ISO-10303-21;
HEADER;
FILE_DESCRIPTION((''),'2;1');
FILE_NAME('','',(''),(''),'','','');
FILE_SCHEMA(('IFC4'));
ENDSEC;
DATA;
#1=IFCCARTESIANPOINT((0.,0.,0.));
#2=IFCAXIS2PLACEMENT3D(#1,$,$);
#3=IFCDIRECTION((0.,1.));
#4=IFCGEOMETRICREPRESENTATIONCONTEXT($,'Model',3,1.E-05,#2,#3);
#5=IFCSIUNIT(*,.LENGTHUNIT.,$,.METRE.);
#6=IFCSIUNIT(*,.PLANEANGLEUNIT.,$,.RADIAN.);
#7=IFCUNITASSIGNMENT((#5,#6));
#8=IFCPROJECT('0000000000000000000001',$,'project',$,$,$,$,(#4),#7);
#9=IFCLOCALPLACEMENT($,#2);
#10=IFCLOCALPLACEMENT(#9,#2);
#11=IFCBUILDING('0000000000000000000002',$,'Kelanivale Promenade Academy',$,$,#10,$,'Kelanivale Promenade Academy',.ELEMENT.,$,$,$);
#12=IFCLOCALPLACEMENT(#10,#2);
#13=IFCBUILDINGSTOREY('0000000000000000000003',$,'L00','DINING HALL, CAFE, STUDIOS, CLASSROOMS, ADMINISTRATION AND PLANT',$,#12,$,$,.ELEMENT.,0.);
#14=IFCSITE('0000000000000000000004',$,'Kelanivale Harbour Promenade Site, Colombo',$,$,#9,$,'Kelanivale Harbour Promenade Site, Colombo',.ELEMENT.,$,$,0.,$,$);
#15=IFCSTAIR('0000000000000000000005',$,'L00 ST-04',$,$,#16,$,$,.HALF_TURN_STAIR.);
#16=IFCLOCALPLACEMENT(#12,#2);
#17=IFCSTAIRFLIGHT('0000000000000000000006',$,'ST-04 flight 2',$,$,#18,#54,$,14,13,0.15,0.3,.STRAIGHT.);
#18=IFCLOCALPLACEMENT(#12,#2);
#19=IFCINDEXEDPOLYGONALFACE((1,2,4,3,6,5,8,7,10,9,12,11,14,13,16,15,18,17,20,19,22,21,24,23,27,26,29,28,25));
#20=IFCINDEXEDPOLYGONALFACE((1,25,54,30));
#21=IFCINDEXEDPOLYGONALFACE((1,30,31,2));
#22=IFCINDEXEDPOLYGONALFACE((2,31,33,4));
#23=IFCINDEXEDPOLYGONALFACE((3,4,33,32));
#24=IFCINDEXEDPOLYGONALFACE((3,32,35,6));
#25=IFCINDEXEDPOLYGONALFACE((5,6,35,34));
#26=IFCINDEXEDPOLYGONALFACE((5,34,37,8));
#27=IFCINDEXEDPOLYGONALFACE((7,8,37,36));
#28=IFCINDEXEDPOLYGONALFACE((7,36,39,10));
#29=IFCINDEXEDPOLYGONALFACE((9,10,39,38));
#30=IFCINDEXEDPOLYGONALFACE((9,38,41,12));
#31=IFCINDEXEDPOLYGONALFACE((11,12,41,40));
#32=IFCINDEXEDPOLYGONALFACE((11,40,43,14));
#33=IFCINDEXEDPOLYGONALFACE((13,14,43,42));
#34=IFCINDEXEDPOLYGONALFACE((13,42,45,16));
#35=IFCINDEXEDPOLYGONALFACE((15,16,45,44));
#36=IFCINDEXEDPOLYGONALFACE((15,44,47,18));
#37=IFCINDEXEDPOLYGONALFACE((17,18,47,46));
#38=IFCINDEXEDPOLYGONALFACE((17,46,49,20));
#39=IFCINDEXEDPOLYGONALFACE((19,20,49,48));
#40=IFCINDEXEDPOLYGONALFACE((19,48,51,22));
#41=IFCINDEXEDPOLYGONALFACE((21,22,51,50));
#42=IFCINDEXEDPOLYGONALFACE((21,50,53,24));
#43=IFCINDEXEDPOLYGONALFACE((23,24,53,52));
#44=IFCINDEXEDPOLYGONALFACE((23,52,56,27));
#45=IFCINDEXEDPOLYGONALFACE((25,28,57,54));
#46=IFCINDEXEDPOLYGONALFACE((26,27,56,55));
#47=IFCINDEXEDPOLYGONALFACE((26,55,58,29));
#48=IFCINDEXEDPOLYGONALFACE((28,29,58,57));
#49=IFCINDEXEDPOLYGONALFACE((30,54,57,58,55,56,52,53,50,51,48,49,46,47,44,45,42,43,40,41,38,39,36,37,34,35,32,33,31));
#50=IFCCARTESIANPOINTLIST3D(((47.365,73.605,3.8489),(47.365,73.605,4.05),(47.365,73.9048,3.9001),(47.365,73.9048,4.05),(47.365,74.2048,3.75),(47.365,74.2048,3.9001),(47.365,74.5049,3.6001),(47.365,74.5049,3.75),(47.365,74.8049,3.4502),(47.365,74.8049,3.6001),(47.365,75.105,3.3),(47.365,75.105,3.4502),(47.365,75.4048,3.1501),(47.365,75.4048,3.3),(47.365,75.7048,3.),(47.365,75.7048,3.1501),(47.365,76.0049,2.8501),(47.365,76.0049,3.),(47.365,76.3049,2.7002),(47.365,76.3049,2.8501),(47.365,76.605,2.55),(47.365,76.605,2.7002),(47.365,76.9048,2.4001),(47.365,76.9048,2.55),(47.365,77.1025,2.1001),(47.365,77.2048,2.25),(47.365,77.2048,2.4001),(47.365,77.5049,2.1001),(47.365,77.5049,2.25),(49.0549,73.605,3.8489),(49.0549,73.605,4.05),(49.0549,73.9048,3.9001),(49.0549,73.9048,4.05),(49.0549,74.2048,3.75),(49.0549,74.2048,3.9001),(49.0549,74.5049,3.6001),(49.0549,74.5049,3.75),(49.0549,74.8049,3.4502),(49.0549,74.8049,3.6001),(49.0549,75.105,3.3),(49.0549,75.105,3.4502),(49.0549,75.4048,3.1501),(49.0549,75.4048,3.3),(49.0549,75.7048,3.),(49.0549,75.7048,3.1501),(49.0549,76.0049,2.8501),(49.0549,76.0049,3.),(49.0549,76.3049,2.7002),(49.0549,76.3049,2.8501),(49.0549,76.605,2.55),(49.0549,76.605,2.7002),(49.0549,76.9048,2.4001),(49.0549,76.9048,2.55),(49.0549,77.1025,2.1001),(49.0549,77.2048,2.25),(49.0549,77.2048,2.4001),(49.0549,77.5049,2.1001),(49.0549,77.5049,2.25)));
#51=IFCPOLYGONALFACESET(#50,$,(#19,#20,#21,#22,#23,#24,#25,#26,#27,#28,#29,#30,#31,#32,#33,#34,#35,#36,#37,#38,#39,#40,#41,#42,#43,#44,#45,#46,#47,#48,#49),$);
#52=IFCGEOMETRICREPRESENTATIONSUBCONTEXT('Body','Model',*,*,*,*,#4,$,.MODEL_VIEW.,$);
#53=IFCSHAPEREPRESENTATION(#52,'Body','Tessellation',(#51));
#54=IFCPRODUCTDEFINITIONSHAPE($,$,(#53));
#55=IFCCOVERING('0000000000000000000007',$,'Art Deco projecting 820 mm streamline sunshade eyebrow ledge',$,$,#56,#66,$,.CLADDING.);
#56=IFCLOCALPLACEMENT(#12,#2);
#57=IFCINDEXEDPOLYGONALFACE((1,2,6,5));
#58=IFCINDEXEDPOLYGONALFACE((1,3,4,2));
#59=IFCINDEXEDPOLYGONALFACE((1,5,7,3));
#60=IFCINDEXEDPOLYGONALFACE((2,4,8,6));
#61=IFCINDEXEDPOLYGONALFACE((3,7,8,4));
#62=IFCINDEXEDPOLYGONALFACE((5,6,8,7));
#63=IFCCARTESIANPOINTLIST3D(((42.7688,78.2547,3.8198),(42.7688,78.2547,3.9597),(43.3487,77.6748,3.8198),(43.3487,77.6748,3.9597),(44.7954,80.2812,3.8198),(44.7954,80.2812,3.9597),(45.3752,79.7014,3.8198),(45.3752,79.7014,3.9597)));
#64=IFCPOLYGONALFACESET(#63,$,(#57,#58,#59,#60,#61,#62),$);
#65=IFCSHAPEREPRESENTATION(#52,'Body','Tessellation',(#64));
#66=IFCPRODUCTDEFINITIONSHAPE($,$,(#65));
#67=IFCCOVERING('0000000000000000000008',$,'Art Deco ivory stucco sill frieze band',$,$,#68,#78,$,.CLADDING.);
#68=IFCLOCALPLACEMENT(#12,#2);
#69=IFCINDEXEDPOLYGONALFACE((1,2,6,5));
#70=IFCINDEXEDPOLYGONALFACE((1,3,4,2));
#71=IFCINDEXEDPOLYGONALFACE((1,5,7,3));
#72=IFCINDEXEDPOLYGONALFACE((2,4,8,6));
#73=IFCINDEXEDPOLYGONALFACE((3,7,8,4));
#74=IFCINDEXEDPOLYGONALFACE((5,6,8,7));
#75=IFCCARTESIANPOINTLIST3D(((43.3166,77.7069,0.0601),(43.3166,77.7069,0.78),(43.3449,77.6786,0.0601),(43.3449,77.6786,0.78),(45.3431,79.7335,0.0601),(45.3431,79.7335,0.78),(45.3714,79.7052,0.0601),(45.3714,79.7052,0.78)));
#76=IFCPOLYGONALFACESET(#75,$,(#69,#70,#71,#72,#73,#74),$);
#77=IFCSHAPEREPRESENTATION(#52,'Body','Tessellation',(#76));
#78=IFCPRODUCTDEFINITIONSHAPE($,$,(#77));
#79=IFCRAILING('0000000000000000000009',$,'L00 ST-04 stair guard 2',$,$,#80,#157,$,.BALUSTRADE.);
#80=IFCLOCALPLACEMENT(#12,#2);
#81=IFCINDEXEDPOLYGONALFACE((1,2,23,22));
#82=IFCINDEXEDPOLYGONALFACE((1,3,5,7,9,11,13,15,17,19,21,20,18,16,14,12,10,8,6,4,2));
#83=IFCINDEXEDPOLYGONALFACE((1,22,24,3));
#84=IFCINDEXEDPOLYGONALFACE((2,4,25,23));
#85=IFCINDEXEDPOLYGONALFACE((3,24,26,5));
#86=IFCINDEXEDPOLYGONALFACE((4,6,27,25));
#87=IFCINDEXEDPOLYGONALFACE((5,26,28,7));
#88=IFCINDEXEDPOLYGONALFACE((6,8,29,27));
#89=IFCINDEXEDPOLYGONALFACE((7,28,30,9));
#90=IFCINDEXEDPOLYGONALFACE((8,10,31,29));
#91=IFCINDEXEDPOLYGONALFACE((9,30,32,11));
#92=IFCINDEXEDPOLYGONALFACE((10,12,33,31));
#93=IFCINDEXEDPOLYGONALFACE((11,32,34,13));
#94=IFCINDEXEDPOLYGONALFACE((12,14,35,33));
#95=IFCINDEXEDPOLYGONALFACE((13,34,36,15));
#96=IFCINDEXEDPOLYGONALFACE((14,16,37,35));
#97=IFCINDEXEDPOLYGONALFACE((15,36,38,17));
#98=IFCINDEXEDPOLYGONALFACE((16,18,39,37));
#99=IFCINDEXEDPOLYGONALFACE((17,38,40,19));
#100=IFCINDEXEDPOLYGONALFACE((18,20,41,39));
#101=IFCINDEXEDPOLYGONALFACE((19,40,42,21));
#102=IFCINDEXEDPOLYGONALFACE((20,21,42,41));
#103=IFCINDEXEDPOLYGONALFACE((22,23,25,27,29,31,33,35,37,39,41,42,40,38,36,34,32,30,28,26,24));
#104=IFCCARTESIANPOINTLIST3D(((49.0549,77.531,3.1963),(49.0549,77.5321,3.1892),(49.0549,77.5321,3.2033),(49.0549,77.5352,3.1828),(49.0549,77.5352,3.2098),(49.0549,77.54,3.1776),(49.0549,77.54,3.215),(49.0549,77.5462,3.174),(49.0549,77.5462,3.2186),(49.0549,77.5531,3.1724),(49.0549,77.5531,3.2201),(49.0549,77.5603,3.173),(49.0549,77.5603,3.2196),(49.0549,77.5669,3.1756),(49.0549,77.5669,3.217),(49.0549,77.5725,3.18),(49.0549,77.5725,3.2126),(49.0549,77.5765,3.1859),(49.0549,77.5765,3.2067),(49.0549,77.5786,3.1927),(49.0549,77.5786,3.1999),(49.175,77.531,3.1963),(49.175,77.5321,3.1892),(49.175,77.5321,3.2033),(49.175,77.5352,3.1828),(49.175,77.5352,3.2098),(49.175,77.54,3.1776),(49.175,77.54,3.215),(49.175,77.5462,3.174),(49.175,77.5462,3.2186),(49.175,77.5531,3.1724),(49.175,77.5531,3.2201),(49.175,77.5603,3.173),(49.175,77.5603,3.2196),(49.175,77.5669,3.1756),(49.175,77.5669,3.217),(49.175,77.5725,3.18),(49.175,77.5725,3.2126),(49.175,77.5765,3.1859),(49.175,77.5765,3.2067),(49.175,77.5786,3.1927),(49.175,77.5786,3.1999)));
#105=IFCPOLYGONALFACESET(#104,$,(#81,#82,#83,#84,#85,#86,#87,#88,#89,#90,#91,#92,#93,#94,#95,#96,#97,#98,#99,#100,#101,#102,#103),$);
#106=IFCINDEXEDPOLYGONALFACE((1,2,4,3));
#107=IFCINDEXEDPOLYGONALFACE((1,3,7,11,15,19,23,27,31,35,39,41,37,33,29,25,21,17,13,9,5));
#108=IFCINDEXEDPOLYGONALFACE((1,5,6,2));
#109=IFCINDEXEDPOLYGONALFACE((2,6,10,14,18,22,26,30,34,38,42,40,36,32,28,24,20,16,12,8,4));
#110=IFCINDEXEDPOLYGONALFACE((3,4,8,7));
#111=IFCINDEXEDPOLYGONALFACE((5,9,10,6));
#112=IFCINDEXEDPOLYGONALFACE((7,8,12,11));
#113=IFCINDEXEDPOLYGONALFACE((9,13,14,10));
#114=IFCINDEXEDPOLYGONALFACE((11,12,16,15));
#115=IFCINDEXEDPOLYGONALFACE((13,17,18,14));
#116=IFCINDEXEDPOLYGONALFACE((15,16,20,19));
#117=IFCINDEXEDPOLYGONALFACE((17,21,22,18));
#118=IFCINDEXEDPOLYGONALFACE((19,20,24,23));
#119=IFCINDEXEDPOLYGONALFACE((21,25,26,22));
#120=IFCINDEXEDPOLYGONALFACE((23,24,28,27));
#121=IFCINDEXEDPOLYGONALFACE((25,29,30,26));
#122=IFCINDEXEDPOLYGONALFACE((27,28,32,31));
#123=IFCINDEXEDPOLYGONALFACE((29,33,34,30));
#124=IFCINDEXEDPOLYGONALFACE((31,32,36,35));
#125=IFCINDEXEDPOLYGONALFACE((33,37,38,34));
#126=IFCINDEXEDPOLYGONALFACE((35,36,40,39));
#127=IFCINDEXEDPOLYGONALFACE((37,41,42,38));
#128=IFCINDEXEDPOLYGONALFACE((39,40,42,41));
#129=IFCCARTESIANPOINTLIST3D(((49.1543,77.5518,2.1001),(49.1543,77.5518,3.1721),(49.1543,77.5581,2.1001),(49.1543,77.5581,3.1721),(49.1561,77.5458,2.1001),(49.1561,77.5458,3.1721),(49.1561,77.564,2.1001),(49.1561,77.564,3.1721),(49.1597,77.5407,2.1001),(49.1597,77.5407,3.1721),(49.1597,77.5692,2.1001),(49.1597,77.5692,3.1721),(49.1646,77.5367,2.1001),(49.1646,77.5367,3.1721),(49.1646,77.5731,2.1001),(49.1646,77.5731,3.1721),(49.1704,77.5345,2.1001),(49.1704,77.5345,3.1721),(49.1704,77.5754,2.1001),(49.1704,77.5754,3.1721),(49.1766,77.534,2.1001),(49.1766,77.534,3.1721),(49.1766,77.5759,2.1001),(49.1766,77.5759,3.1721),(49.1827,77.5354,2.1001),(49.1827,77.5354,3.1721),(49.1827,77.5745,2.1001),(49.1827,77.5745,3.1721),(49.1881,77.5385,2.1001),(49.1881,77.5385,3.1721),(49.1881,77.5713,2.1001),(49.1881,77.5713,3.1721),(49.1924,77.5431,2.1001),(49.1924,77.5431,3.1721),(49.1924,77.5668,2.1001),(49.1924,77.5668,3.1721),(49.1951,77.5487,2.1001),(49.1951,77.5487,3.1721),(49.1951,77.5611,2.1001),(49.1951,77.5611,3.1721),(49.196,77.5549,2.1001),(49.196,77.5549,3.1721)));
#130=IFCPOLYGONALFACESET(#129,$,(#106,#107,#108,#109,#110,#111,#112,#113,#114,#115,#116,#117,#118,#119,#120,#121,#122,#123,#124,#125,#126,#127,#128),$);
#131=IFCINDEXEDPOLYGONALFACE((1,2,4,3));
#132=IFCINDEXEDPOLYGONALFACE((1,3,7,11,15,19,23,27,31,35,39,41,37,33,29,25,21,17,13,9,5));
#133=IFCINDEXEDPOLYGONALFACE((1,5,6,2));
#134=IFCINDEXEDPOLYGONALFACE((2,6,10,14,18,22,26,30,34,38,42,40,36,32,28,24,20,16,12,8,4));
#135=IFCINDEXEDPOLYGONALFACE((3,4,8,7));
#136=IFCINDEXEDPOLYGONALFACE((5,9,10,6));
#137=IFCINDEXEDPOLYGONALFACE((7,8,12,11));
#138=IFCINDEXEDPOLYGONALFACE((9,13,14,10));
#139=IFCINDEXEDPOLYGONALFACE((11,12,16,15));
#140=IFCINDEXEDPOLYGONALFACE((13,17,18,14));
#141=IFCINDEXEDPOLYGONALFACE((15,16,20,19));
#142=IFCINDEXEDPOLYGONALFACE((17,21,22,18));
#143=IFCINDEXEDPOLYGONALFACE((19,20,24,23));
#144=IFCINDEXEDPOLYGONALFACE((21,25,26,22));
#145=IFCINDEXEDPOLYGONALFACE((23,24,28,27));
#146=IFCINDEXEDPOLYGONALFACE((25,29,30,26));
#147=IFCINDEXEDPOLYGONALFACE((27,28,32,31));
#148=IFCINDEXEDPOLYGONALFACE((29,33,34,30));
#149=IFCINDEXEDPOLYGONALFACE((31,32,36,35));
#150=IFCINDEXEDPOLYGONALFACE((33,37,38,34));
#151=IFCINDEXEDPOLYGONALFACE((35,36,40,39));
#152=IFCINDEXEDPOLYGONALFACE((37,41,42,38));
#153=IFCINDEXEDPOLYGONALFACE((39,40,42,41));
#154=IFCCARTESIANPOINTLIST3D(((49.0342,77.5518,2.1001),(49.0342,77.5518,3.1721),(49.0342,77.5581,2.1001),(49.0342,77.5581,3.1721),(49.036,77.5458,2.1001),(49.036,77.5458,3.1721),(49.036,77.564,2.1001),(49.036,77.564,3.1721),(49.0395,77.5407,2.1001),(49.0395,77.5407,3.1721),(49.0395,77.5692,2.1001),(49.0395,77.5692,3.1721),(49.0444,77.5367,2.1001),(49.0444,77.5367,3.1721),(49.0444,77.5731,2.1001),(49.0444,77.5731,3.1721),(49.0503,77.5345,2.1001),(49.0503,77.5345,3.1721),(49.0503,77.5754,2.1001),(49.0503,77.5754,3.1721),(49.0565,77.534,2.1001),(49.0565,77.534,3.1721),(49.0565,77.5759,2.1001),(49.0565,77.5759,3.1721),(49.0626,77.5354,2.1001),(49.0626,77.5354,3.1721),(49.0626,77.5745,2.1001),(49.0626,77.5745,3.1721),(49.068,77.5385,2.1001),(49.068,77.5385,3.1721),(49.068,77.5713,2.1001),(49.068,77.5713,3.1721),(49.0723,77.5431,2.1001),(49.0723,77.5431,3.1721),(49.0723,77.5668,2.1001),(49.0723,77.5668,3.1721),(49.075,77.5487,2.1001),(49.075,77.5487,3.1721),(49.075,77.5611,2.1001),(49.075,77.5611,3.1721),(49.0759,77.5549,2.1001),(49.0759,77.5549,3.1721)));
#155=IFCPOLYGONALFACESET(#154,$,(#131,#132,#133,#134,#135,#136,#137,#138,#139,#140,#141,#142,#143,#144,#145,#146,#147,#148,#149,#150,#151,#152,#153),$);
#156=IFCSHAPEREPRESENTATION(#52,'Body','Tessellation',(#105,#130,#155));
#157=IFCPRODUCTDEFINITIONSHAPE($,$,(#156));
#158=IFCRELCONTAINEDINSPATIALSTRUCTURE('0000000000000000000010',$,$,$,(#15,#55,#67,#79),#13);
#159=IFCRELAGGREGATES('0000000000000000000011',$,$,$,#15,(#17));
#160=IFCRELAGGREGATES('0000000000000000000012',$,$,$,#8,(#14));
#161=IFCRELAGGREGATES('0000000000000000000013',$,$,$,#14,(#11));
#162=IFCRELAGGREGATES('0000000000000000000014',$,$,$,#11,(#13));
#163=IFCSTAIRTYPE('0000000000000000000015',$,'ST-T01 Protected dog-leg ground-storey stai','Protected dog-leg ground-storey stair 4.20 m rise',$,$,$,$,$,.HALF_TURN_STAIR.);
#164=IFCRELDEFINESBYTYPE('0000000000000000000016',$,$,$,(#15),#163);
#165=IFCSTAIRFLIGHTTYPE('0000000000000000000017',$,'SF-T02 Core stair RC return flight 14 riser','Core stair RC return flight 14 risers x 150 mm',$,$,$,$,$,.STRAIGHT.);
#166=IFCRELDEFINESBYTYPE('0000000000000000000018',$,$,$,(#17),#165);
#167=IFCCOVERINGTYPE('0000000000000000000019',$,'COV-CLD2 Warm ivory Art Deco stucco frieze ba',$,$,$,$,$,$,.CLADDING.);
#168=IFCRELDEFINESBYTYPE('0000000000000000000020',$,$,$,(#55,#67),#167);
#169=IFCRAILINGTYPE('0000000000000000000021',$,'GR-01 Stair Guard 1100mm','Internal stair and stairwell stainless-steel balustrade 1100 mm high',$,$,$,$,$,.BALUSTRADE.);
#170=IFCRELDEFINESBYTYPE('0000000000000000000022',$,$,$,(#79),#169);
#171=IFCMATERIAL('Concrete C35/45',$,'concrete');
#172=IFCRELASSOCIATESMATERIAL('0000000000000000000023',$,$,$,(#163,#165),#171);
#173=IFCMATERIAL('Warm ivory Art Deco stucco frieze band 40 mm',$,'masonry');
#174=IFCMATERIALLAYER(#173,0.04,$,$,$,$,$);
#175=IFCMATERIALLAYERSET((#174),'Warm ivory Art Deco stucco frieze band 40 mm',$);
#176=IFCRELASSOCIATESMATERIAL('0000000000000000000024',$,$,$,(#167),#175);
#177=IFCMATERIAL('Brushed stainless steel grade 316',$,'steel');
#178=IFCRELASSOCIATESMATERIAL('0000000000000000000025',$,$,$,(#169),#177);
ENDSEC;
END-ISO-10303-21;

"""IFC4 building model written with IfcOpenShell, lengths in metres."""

from ifc_helpers import new_model, si_unit, direction, frame, origin, origin_2d, place, context, subcontext, project, spatial, polyline, rectangle, circle, outline, extrude, material, layer, layer_set, type_object, element, aggregate, save


model = new_model("IFC4")

# Units and contexts
model_context = context("Model", 3, precision=1e-05, world=origin(), true_north=direction((0.0, 1.0)))
body_context = subcontext(model_context, "Body", "Model", "MODEL_VIEW")
ifc_project = project(units=[si_unit("LENGTHUNIT", "METRE"), si_unit("PLANEANGLEUNIT", "RADIAN")], contexts=[model_context])

# Site, building, storey
site_placement = place(None, origin())
site = spatial("IfcSite", under=ifc_project, at=site_placement, Name="Kelanivale Harbour Promenade Site, Colombo", LongName="Kelanivale Harbour Promenade Site, Colombo", CompositionType="ELEMENT", RefElevation=0.0)
building_placement = place(site_placement, origin())
building = spatial("IfcBuilding", under=site, at=building_placement, Name="Kelanivale Promenade Academy", LongName="Kelanivale Promenade Academy", CompositionType="ELEMENT")
storey_placement = place(building_placement, origin())
storey = spatial("IfcBuildingStorey", under=building, at=storey_placement, Name="L00", Description="DINING HALL, CAFE, STUDIOS, CLASSROOMS, ADMINISTRATION AND PLANT", CompositionType="ELEMENT", Elevation=0.0)

# Shared definitions
ifc_material_1 = material(Name="Concrete C35/45", Category="concrete")

# Stair, stair flight
stair_type = type_object("IfcStairType", Name="ST-T01 Protected dog-leg ground-storey stai", Description="Protected dog-leg ground-storey stair 4.20 m rise", PredefinedType="HALF_TURN_STAIR", material=ifc_material_1)
stair_placement = place(storey_placement, origin())
stair = element("IfcStair", 1, at=stair_placement, inside=storey, type_object=stair_type, Name="L00 ST-04", PredefinedType="HALF_TURN_STAIR")
stair_flight_type = type_object("IfcStairFlightType", Name="SF-T02 Core stair RC return flight 14 riser", Description="Core stair RC return flight 14 risers x 150 mm", PredefinedType="STRAIGHT", material=ifc_material_1)
stair_flight_placement = place(storey_placement, frame((48.21, 77.5049, 2.1001), z_axis=(0.0, 0.0, 1.0), x_axis=(0.0, -1.0, 0.0)))
stair_flight = element("IfcStairFlight", 2, at=stair_flight_placement, type_object=stair_flight_type, Name="ST-04 flight 2", NumberOfRisers=14, NumberOfTreads=13, PredefinedType="STRAIGHT", RiserHeight=0.15, TreadLength=0.3, context=body_context, shape_type="SweptSolid", body=[
    extrude(outline(polyline([(0.0, 0.0), (0.0, 0.1499), (0.3, 0.1499), (0.3, 0.3), (0.6001, 0.3), (0.6001, 0.45), (0.8999, 0.45), (0.8999, 0.6001), (1.2, 0.6001), (1.2, 0.75), (1.5, 0.75), (1.5, 0.8999), (1.8, 0.8999), (1.8, 1.05), (2.1001, 1.05), (2.1001, 1.2), (2.3999, 1.2), (2.3999, 1.3501), (2.7, 1.3501), (2.7, 1.5), (3.0, 1.5), (3.0, 1.6499), (3.3, 1.6499), (3.3, 1.8), (3.6001, 1.8), (3.6001, 1.95), (3.8999, 1.95), (3.8999, 2.1001), (3.8999, 1.7488), (0.4023, 0.0), (0.0, 0.0)])), frame((0.0, 0.845, 0.0), z_axis=(0.0, -1.0, 0.0), x_axis=(1.0, 0.0, 0.0)), (0.0, 0.0, 1.0), 1.6899),
])
aggregate(stair, [stair_flight])

# Coverings
ifc_material_2 = material(Name="Warm ivory Art Deco stucco frieze band 40 mm", Category="masonry")
ifc_layer_1 = layer(ifc_material_2, 0.04)
ifc_layer_set_1 = layer_set([ifc_layer_1], Name="Warm ivory Art Deco stucco frieze band 40 mm")
covering_type = type_object("IfcCoveringType", Name="COV-CLD2 Warm ivory Art Deco stucco frieze ba", PredefinedType="CLADDING", material=ifc_layer_set_1)
covering_1_placement = place(storey_placement, frame((44.072, 78.978, 3.8198), z_axis=(0.0, 0.0, 1.0), x_axis=(-0.707107, -0.707107, 0.0)))
element("IfcCovering", 3, at=covering_1_placement, inside=storey, type_object=covering_type, Name="Art Deco projecting 820 mm streamline sunshade eyebrow ledge", PredefinedType="CLADDING", context=body_context, shape_type="SweptSolid", body=[
    extrude(rectangle(XDim=2.866, YDim=0.8201, at=origin_2d()), origin(), (0.0, 0.0, 1.0), 0.1399),
])
covering_2_placement = place(storey_placement, frame((44.344, 78.7061, 0.0601), z_axis=(0.0, 0.0, 1.0), x_axis=(-0.707107, -0.707107, 0.0)))
element("IfcCovering", 4, at=covering_2_placement, inside=storey, type_object=covering_type, Name="Art Deco ivory stucco sill frieze band", PredefinedType="CLADDING", context=body_context, shape_type="SweptSolid", body=[
    extrude(rectangle(XDim=2.866, YDim=0.04, at=origin_2d()), origin(), (0.0, 0.0, 1.0), 0.72),
])

# Railing
ifc_material_3 = material(Name="Brushed stainless steel grade 316", Category="steel")
railing_type_1 = type_object("IfcRailingType", Name="GR-01 Stair Guard 1100mm", Description="Internal stair and stairwell stainless-steel balustrade 1100 mm high", PredefinedType="BALUSTRADE", material=ifc_material_3)
railing_1_placement = place(storey_placement, frame((49.175, 77.5549, 2.1001)))
element("IfcRailing", 5, at=railing_1_placement, inside=storey, type_object=railing_type_1, Name="L00 ST-04 stair guard 2", PredefinedType="BALUSTRADE", context=body_context, shape_type="SweptSolid", body=[
    extrude(circle(Radius=0.0239, at=origin_2d()), frame((0.0, 0.0, 1.0962), z_axis=(-1.0, 0.0, 0.0), x_axis=(0.0, -1.0, 0.0)), (0.0, 0.0, 1.0), 0.1201),
    extrude(circle(Radius=0.021, at=origin_2d()), origin(), (0.0, 0.0, 1.0), 1.072),
    extrude(circle(Radius=0.021, at=origin_2d()), frame((-0.1201, 0.0, 0.0)), (0.0, 0.0, 1.0), 1.072),
])

save(model, "model.ifc")
